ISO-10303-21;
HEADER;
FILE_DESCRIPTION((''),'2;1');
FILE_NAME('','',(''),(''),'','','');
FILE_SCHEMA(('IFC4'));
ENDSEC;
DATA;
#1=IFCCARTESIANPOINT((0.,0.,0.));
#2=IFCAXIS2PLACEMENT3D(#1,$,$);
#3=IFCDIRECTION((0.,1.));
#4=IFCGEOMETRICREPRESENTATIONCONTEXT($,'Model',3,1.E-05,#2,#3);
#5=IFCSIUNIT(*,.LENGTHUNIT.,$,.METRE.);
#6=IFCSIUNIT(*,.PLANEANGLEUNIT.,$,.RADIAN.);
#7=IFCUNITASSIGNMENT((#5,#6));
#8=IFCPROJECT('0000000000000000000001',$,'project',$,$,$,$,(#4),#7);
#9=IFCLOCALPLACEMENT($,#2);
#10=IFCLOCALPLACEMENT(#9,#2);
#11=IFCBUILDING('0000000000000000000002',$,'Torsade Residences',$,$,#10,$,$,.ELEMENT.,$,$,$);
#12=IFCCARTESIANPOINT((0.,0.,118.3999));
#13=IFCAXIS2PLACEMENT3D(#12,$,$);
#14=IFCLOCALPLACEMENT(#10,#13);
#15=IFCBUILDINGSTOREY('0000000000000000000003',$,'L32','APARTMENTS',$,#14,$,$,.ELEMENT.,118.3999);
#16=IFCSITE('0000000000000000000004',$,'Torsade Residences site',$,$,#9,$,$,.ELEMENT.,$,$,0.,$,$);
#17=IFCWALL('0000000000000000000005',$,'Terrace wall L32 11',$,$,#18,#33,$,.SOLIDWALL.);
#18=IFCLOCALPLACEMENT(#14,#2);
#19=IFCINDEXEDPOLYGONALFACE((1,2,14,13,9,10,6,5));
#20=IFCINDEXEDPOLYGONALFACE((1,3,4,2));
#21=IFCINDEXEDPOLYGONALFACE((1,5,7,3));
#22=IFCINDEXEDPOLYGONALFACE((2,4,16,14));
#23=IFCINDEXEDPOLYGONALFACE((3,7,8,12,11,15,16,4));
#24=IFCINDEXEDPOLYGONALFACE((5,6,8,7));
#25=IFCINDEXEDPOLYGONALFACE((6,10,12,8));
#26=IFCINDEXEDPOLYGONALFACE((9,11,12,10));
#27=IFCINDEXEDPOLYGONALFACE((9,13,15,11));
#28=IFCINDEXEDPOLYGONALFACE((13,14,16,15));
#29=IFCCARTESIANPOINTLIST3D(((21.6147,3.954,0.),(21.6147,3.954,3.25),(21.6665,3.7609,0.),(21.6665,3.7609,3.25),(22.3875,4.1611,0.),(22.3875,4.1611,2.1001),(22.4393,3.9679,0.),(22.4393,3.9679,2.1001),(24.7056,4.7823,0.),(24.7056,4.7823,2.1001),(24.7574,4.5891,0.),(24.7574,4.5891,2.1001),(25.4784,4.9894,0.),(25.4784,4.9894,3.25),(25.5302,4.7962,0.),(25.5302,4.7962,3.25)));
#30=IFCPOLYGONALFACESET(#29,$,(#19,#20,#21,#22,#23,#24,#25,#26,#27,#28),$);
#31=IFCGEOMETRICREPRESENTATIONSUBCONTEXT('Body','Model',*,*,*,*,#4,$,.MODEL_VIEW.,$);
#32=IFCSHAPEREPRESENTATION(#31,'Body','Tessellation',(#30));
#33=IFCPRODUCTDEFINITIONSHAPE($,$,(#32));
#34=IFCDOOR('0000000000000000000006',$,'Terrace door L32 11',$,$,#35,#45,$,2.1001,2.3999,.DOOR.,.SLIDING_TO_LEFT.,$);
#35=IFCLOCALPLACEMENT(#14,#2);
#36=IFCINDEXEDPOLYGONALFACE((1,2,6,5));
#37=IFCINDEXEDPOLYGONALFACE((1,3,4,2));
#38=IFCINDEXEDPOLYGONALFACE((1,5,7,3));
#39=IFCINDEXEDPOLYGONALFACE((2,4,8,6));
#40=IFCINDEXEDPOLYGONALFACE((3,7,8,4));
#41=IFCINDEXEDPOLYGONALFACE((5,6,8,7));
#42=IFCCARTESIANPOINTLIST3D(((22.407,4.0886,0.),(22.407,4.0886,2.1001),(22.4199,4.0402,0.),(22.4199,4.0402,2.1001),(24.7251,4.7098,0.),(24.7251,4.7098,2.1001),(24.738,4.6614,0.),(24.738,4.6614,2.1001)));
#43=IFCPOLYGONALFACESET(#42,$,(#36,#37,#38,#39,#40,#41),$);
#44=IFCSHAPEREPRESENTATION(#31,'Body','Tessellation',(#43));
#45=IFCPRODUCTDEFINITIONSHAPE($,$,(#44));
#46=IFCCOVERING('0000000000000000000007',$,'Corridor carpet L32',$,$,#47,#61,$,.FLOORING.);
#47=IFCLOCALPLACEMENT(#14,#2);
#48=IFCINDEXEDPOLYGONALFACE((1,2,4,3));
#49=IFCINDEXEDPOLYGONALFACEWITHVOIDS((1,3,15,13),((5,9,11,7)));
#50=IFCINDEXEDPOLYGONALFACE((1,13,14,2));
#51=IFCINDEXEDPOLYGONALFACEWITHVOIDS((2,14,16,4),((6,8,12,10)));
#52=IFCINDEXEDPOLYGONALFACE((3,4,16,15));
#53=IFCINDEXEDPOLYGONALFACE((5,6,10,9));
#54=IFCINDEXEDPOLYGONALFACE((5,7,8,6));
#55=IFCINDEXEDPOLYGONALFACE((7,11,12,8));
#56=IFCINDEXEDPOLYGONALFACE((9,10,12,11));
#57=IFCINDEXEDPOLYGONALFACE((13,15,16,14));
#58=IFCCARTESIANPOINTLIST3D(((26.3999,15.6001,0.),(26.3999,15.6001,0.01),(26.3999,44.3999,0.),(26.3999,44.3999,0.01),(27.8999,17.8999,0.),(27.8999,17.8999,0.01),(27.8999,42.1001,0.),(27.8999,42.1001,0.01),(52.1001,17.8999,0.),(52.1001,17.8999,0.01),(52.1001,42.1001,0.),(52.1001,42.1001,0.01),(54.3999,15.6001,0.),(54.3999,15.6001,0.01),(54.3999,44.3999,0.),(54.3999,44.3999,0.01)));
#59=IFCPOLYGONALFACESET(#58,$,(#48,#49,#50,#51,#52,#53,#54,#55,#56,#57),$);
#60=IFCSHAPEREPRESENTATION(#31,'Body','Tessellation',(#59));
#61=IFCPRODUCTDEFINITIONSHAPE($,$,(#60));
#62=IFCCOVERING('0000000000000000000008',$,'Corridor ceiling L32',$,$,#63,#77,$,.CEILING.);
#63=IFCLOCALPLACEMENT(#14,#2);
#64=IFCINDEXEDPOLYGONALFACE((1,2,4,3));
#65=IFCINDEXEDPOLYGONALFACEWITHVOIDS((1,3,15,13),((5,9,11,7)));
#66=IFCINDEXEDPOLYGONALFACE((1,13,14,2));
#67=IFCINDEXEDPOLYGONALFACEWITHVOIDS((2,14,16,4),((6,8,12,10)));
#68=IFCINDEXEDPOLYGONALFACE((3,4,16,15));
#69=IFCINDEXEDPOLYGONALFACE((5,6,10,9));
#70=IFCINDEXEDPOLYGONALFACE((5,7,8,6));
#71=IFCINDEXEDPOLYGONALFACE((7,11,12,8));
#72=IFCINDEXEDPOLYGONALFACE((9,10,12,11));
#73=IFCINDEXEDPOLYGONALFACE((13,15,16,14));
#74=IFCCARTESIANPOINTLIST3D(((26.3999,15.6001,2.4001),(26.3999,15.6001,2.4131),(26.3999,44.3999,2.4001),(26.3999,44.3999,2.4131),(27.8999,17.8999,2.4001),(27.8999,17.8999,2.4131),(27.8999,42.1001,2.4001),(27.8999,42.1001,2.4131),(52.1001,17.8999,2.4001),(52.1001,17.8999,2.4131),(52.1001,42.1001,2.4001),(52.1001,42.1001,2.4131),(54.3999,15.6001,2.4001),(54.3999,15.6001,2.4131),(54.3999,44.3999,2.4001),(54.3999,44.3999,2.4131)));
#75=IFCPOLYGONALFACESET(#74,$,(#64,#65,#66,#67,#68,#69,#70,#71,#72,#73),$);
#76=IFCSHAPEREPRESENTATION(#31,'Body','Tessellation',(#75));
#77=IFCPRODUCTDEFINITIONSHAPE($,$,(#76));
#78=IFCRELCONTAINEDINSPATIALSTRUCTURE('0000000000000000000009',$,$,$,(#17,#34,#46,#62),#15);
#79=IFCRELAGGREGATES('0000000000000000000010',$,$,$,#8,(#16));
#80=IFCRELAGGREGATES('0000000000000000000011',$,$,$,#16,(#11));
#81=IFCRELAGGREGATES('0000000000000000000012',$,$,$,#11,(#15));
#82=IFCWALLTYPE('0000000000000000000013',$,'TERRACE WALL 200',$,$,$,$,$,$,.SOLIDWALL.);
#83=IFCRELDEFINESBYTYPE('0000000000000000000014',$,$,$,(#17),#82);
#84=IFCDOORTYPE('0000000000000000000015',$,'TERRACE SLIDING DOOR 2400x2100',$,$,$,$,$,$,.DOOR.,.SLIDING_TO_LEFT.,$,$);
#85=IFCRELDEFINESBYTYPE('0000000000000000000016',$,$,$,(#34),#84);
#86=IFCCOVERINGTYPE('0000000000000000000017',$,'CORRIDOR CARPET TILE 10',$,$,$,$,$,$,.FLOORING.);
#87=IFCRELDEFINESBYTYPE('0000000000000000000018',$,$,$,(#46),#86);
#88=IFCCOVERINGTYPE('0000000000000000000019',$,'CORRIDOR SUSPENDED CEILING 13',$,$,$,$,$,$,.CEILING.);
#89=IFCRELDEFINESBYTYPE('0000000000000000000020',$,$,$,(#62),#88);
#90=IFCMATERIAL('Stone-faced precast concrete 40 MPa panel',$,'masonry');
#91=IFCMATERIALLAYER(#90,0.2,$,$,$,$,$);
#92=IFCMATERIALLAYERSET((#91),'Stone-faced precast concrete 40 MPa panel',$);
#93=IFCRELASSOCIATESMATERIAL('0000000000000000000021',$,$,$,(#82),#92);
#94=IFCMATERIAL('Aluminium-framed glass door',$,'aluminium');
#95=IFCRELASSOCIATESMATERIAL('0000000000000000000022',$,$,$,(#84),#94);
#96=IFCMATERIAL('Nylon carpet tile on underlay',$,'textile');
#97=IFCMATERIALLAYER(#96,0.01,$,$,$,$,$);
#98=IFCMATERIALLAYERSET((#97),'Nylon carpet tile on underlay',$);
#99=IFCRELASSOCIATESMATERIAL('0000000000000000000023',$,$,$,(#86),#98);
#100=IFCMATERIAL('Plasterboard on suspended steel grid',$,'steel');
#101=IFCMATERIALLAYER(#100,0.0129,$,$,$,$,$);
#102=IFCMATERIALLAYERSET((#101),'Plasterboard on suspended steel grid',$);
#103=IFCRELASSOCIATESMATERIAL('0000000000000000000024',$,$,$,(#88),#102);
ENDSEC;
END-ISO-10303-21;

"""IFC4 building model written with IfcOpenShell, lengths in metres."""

from ifc_helpers import new_model, si_unit, direction, frame, frame_2d, origin, place, context, subcontext, project, spatial, polyline, rectangle, outline, extrude, material, layer, layer_set, type_object, element, fill, save


model = new_model("IFC4")

# Units and contexts
model_context = context("Model", 3, precision=1e-05, world=origin(), true_north=direction((0.0, 1.0)))
body_context = subcontext(model_context, "Body", "Model", "MODEL_VIEW")
ifc_project = project(units=[si_unit("LENGTHUNIT", "METRE"), si_unit("PLANEANGLEUNIT", "RADIAN")], contexts=[model_context])

# Site, building, storey
site_placement = place(None, origin())
site = spatial("IfcSite", under=ifc_project, at=site_placement, Name="Torsade Residences site", CompositionType="ELEMENT", RefElevation=0.0)
building_placement = place(site_placement, origin())
building = spatial("IfcBuilding", under=site, at=building_placement, Name="Torsade Residences", CompositionType="ELEMENT")
storey_placement = place(building_placement, frame((0.0, 0.0, 118.3999)))
storey = spatial("IfcBuildingStorey", under=building, at=storey_placement, Name="L32", Description="APARTMENTS", CompositionType="ELEMENT", Elevation=118.3999)

# Wall, opening, door
ifc_material_1 = material(Name="Stone-faced precast concrete 40 MPa panel", Category="masonry")
ifc_layer_1 = layer(ifc_material_1, 0.2)
ifc_layer_set_1 = layer_set([ifc_layer_1], Name="Stone-faced precast concrete 40 MPa panel")
wall_type_1 = type_object("IfcWallType", Name="TERRACE WALL 200", PredefinedType="SOLIDWALL", material=ifc_layer_set_1)
wall_1_placement = place(storey_placement, frame((21.6406, 3.8574, 0.0), z_axis=(0.0, 0.0, 1.0), x_axis=(0.965919, 0.258844, 0.0)))
wall_1 = element("IfcWall", 1, at=wall_1_placement, inside=storey, type_object=wall_type_1, Name="Terrace wall L32 11", PredefinedType="SOLIDWALL", context=body_context, shape_type="SweptSolid", body=[
    extrude(rectangle(XDim=4.0, YDim=0.2, at=frame_2d((2.0, 0.0))), origin(), (0.0, 0.0, 1.0), 3.25),
])
opening_1_placement = place(wall_1_placement, frame((0.8, 0.0, 0.0)))
opening_1 = element("IfcOpeningElement", 2, at=opening_1_placement, cuts=wall_1, PredefinedType="OPENING", context=body_context, shape_type="SweptSolid", body=[
    extrude(rectangle(XDim=2.3999, YDim=2.1001, at=frame_2d((1.2, 1.05))), frame((0.0, 0.1099, 0.0), z_axis=(0.0, -1.0, 0.0), x_axis=(1.0, 0.0, 0.0)), (0.0, 0.0, 1.0), 0.22),
])
ifc_material_2 = material(Name="Aluminium-framed glass door", Category="aluminium")
door_type_1 = type_object("IfcDoorType", Name="TERRACE SLIDING DOOR 2400x2100", OperationType="SLIDING_TO_LEFT", PredefinedType="DOOR", material=ifc_material_2)
door_1_placement = place(opening_1_placement, origin())
door_1 = element("IfcDoor", 3, at=door_1_placement, inside=storey, type_object=door_type_1, Name="Terrace door L32 11", OperationType="SLIDING_TO_LEFT", OverallHeight=2.1001, OverallWidth=2.3999, PredefinedType="DOOR", context=body_context, shape_type="SweptSolid", body=[
    extrude(rectangle(XDim=2.3999, YDim=2.1001, at=frame_2d((1.2, 1.05))), frame((0.0, 0.0249, 0.0), z_axis=(0.0, -1.0, 0.0), x_axis=(1.0, 0.0, 0.0)), (0.0, 0.0, 1.0), 0.05),
])
fill(opening_1, door_1)

# Coverings
ifc_material_3 = material(Name="Nylon carpet tile on underlay", Category="textile")
ifc_layer_2 = layer(ifc_material_3, 0.01)
ifc_layer_set_2 = layer_set([ifc_layer_2], Name="Nylon carpet tile on underlay")
covering_type_1 = type_object("IfcCoveringType", Name="CORRIDOR CARPET TILE 10", PredefinedType="FLOORING", material=ifc_layer_set_2)
covering_1_placement = place(storey_placement, origin())
element("IfcCovering", 4, at=covering_1_placement, inside=storey, type_object=covering_type_1, Name="Corridor carpet L32", PredefinedType="FLOORING", context=body_context, shape_type="SweptSolid", body=[
    extrude(outline(polyline([(54.3999, 15.6001), (54.3999, 44.3999), (26.3999, 44.3999), (26.3999, 15.6001), (54.3999, 15.6001)]), holes=[polyline([(52.1001, 42.1001), (27.8999, 42.1001), (27.8999, 17.8999), (52.1001, 17.8999), (52.1001, 42.1001)])]), origin(), (0.0, 0.0, 1.0), 0.01),
])
ifc_material_4 = material(Name="Plasterboard on suspended steel grid", Category="steel")
ifc_layer_3 = layer(ifc_material_4, 0.0129)
ifc_layer_set_3 = layer_set([ifc_layer_3], Name="Plasterboard on suspended steel grid")
covering_type_2 = type_object("IfcCoveringType", Name="CORRIDOR SUSPENDED CEILING 13", PredefinedType="CEILING", material=ifc_layer_set_3)
covering_2_placement = place(storey_placement, frame((0.0, 0.0, 2.4001)))
element("IfcCovering", 5, at=covering_2_placement, inside=storey, type_object=covering_type_2, Name="Corridor ceiling L32", PredefinedType="CEILING", context=body_context, shape_type="SweptSolid", body=[
    extrude(outline(polyline([(54.3999, 15.6001), (54.3999, 44.3999), (26.3999, 44.3999), (26.3999, 15.6001), (54.3999, 15.6001)]), holes=[polyline([(52.1001, 42.1001), (27.8999, 42.1001), (27.8999, 17.8999), (52.1001, 17.8999), (52.1001, 42.1001)])]), origin(), (0.0, 0.0, 1.0), 0.0129),
])

save(model, "model.ifc")
